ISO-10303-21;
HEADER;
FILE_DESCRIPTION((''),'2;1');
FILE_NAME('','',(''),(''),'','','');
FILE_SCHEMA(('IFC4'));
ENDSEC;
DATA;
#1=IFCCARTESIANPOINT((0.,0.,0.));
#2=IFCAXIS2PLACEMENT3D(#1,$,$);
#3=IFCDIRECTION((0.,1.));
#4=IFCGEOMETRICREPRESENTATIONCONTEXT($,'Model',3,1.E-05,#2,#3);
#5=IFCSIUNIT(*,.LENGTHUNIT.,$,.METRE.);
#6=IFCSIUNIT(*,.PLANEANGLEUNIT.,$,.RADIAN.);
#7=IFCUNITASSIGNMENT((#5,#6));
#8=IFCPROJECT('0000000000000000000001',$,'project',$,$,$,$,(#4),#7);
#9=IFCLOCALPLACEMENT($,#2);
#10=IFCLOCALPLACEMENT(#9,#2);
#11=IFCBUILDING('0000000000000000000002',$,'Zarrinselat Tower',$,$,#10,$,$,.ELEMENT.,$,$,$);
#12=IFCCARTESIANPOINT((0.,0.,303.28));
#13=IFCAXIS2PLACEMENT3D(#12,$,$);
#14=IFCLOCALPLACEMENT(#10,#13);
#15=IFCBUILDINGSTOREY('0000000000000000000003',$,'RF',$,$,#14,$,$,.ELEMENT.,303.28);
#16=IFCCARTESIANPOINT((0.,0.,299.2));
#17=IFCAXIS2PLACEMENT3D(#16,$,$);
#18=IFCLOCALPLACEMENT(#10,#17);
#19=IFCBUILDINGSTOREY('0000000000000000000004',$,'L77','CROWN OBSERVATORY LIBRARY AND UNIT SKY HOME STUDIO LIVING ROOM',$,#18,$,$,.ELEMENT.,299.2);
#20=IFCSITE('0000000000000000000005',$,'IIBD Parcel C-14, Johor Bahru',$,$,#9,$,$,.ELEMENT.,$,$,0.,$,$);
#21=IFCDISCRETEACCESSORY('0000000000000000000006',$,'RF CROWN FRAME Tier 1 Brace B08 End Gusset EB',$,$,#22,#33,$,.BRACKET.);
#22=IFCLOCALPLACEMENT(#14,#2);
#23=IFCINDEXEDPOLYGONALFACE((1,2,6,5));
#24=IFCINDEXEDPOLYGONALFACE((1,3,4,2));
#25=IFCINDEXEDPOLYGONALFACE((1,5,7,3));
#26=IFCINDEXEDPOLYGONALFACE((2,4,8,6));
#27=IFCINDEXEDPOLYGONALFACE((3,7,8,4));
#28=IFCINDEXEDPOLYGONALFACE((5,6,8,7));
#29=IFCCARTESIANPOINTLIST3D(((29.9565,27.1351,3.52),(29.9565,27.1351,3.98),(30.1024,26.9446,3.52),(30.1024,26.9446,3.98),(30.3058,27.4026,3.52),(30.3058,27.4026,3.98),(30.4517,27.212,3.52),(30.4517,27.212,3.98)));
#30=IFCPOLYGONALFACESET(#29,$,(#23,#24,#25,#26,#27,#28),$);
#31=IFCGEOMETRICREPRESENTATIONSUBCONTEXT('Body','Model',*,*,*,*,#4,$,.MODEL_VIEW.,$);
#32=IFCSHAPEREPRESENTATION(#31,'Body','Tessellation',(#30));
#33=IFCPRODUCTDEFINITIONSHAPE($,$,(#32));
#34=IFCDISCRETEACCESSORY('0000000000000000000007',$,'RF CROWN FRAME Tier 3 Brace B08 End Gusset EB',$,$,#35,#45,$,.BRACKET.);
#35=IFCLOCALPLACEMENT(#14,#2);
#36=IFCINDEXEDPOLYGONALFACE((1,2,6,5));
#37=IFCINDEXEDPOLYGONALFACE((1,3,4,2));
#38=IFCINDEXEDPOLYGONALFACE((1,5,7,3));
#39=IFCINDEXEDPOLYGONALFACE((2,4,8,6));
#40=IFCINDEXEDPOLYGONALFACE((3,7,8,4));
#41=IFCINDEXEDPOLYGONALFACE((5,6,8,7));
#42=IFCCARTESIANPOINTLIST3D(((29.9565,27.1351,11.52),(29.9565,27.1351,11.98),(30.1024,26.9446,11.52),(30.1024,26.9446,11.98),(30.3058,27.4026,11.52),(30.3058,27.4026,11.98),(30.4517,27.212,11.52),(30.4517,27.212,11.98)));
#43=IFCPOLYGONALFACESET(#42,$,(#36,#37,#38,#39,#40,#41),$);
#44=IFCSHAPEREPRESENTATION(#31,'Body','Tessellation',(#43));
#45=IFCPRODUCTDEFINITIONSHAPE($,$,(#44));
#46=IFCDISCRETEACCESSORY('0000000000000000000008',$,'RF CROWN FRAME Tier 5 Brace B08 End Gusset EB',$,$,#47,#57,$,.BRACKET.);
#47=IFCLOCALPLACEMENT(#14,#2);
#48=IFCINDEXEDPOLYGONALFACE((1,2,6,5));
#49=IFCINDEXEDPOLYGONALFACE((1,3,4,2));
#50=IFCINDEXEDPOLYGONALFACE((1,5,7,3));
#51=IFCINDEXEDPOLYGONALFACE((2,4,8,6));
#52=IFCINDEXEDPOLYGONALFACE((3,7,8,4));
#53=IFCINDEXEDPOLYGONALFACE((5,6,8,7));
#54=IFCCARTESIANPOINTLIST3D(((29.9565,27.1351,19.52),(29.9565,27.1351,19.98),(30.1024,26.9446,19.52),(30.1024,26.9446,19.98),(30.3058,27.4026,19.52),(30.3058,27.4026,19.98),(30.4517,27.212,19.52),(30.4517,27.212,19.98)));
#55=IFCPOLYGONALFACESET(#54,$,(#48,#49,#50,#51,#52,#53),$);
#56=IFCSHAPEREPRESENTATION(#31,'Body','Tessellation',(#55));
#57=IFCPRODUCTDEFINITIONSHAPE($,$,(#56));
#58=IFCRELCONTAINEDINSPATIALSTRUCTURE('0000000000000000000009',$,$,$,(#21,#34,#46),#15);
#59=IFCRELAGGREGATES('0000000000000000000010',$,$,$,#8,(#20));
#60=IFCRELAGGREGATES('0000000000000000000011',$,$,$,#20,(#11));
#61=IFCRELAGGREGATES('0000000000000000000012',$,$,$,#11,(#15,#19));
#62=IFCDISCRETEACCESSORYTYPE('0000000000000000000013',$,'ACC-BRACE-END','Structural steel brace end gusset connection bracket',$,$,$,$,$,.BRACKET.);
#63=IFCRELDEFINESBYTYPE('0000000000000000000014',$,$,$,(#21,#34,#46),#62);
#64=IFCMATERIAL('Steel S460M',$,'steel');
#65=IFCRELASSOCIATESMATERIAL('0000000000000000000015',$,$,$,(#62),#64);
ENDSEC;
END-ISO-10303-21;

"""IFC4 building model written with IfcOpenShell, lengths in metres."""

from ifc_helpers import new_model, si_unit, direction, frame, origin, origin_2d, place, context, subcontext, project, spatial, rectangle, extrude, material, type_object, element, save


model = new_model("IFC4")

# Units and contexts
model_context = context("Model", 3, precision=1e-05, world=origin(), true_north=direction((0.0, 1.0)))
body_context = subcontext(model_context, "Body", "Model", "MODEL_VIEW")
ifc_project = project(units=[si_unit("LENGTHUNIT", "METRE"), si_unit("PLANEANGLEUNIT", "RADIAN")], contexts=[model_context])

# Site, building, storey
site_placement = place(None, origin())
site = spatial("IfcSite", under=ifc_project, at=site_placement, Name="IIBD Parcel C-14, Johor Bahru", CompositionType="ELEMENT", RefElevation=0.0)
building_placement = place(site_placement, origin())
building = spatial("IfcBuilding", under=site, at=building_placement, Name="Zarrinselat Tower", CompositionType="ELEMENT")
storey_1_placement = place(building_placement, frame((0.0, 0.0, 303.28)))
storey_1 = spatial("IfcBuildingStorey", under=building, at=storey_1_placement, Name="RF", CompositionType="ELEMENT", Elevation=303.28)

# Shared definitions
storey_2_placement = place(building_placement, frame((0.0, 0.0, 299.2)))
storey_2 = spatial("IfcBuildingStorey", under=building, at=storey_2_placement, Name="L77", Description="CROWN OBSERVATORY LIBRARY AND UNIT SKY HOME STUDIO LIVING ROOM", CompositionType="ELEMENT", Elevation=299.2)

# Discrete accessories
ifc_material_1 = material(Name="Steel S460M", Category="steel")
discrete_accessory_type = type_object("IfcDiscreteAccessoryType", Name="ACC-BRACE-END", Description="Structural steel brace end gusset connection bracket", PredefinedType="BRACKET", material=ifc_material_1)
for number, where, z_axis, x_axis, name in (
    (1, (30.2041, 27.1736, 3.52), (0.0, 0.0, 1.0), (0.607896, -0.794016, 0.0), "RF CROWN FRAME Tier 1 Brace B08 End Gusset EB"),
    (2, (30.2041, 27.1736, 11.52), (0.0, 0.0, 1.0), (0.607896, -0.794016, 0.0), "RF CROWN FRAME Tier 3 Brace B08 End Gusset EB"),
    (3, (30.2041, 27.1736, 19.52), (0.0, 0.0, 1.0), (0.607896, -0.794016, 0.0), "RF CROWN FRAME Tier 5 Brace B08 End Gusset EB"),
):
    element("IfcDiscreteAccessory", number, at=place(storey_1_placement, frame(where, z_axis=z_axis, x_axis=x_axis)), inside=storey_1, type_object=discrete_accessory_type, Name=name, PredefinedType="BRACKET", context=body_context, shape_type="SweptSolid", body=[
        extrude(rectangle(XDim=0.24, YDim=0.4399, at=origin_2d()), origin(), (0.0, 0.0, 1.0), 0.46),
    ])

save(model, "model.ifc")
